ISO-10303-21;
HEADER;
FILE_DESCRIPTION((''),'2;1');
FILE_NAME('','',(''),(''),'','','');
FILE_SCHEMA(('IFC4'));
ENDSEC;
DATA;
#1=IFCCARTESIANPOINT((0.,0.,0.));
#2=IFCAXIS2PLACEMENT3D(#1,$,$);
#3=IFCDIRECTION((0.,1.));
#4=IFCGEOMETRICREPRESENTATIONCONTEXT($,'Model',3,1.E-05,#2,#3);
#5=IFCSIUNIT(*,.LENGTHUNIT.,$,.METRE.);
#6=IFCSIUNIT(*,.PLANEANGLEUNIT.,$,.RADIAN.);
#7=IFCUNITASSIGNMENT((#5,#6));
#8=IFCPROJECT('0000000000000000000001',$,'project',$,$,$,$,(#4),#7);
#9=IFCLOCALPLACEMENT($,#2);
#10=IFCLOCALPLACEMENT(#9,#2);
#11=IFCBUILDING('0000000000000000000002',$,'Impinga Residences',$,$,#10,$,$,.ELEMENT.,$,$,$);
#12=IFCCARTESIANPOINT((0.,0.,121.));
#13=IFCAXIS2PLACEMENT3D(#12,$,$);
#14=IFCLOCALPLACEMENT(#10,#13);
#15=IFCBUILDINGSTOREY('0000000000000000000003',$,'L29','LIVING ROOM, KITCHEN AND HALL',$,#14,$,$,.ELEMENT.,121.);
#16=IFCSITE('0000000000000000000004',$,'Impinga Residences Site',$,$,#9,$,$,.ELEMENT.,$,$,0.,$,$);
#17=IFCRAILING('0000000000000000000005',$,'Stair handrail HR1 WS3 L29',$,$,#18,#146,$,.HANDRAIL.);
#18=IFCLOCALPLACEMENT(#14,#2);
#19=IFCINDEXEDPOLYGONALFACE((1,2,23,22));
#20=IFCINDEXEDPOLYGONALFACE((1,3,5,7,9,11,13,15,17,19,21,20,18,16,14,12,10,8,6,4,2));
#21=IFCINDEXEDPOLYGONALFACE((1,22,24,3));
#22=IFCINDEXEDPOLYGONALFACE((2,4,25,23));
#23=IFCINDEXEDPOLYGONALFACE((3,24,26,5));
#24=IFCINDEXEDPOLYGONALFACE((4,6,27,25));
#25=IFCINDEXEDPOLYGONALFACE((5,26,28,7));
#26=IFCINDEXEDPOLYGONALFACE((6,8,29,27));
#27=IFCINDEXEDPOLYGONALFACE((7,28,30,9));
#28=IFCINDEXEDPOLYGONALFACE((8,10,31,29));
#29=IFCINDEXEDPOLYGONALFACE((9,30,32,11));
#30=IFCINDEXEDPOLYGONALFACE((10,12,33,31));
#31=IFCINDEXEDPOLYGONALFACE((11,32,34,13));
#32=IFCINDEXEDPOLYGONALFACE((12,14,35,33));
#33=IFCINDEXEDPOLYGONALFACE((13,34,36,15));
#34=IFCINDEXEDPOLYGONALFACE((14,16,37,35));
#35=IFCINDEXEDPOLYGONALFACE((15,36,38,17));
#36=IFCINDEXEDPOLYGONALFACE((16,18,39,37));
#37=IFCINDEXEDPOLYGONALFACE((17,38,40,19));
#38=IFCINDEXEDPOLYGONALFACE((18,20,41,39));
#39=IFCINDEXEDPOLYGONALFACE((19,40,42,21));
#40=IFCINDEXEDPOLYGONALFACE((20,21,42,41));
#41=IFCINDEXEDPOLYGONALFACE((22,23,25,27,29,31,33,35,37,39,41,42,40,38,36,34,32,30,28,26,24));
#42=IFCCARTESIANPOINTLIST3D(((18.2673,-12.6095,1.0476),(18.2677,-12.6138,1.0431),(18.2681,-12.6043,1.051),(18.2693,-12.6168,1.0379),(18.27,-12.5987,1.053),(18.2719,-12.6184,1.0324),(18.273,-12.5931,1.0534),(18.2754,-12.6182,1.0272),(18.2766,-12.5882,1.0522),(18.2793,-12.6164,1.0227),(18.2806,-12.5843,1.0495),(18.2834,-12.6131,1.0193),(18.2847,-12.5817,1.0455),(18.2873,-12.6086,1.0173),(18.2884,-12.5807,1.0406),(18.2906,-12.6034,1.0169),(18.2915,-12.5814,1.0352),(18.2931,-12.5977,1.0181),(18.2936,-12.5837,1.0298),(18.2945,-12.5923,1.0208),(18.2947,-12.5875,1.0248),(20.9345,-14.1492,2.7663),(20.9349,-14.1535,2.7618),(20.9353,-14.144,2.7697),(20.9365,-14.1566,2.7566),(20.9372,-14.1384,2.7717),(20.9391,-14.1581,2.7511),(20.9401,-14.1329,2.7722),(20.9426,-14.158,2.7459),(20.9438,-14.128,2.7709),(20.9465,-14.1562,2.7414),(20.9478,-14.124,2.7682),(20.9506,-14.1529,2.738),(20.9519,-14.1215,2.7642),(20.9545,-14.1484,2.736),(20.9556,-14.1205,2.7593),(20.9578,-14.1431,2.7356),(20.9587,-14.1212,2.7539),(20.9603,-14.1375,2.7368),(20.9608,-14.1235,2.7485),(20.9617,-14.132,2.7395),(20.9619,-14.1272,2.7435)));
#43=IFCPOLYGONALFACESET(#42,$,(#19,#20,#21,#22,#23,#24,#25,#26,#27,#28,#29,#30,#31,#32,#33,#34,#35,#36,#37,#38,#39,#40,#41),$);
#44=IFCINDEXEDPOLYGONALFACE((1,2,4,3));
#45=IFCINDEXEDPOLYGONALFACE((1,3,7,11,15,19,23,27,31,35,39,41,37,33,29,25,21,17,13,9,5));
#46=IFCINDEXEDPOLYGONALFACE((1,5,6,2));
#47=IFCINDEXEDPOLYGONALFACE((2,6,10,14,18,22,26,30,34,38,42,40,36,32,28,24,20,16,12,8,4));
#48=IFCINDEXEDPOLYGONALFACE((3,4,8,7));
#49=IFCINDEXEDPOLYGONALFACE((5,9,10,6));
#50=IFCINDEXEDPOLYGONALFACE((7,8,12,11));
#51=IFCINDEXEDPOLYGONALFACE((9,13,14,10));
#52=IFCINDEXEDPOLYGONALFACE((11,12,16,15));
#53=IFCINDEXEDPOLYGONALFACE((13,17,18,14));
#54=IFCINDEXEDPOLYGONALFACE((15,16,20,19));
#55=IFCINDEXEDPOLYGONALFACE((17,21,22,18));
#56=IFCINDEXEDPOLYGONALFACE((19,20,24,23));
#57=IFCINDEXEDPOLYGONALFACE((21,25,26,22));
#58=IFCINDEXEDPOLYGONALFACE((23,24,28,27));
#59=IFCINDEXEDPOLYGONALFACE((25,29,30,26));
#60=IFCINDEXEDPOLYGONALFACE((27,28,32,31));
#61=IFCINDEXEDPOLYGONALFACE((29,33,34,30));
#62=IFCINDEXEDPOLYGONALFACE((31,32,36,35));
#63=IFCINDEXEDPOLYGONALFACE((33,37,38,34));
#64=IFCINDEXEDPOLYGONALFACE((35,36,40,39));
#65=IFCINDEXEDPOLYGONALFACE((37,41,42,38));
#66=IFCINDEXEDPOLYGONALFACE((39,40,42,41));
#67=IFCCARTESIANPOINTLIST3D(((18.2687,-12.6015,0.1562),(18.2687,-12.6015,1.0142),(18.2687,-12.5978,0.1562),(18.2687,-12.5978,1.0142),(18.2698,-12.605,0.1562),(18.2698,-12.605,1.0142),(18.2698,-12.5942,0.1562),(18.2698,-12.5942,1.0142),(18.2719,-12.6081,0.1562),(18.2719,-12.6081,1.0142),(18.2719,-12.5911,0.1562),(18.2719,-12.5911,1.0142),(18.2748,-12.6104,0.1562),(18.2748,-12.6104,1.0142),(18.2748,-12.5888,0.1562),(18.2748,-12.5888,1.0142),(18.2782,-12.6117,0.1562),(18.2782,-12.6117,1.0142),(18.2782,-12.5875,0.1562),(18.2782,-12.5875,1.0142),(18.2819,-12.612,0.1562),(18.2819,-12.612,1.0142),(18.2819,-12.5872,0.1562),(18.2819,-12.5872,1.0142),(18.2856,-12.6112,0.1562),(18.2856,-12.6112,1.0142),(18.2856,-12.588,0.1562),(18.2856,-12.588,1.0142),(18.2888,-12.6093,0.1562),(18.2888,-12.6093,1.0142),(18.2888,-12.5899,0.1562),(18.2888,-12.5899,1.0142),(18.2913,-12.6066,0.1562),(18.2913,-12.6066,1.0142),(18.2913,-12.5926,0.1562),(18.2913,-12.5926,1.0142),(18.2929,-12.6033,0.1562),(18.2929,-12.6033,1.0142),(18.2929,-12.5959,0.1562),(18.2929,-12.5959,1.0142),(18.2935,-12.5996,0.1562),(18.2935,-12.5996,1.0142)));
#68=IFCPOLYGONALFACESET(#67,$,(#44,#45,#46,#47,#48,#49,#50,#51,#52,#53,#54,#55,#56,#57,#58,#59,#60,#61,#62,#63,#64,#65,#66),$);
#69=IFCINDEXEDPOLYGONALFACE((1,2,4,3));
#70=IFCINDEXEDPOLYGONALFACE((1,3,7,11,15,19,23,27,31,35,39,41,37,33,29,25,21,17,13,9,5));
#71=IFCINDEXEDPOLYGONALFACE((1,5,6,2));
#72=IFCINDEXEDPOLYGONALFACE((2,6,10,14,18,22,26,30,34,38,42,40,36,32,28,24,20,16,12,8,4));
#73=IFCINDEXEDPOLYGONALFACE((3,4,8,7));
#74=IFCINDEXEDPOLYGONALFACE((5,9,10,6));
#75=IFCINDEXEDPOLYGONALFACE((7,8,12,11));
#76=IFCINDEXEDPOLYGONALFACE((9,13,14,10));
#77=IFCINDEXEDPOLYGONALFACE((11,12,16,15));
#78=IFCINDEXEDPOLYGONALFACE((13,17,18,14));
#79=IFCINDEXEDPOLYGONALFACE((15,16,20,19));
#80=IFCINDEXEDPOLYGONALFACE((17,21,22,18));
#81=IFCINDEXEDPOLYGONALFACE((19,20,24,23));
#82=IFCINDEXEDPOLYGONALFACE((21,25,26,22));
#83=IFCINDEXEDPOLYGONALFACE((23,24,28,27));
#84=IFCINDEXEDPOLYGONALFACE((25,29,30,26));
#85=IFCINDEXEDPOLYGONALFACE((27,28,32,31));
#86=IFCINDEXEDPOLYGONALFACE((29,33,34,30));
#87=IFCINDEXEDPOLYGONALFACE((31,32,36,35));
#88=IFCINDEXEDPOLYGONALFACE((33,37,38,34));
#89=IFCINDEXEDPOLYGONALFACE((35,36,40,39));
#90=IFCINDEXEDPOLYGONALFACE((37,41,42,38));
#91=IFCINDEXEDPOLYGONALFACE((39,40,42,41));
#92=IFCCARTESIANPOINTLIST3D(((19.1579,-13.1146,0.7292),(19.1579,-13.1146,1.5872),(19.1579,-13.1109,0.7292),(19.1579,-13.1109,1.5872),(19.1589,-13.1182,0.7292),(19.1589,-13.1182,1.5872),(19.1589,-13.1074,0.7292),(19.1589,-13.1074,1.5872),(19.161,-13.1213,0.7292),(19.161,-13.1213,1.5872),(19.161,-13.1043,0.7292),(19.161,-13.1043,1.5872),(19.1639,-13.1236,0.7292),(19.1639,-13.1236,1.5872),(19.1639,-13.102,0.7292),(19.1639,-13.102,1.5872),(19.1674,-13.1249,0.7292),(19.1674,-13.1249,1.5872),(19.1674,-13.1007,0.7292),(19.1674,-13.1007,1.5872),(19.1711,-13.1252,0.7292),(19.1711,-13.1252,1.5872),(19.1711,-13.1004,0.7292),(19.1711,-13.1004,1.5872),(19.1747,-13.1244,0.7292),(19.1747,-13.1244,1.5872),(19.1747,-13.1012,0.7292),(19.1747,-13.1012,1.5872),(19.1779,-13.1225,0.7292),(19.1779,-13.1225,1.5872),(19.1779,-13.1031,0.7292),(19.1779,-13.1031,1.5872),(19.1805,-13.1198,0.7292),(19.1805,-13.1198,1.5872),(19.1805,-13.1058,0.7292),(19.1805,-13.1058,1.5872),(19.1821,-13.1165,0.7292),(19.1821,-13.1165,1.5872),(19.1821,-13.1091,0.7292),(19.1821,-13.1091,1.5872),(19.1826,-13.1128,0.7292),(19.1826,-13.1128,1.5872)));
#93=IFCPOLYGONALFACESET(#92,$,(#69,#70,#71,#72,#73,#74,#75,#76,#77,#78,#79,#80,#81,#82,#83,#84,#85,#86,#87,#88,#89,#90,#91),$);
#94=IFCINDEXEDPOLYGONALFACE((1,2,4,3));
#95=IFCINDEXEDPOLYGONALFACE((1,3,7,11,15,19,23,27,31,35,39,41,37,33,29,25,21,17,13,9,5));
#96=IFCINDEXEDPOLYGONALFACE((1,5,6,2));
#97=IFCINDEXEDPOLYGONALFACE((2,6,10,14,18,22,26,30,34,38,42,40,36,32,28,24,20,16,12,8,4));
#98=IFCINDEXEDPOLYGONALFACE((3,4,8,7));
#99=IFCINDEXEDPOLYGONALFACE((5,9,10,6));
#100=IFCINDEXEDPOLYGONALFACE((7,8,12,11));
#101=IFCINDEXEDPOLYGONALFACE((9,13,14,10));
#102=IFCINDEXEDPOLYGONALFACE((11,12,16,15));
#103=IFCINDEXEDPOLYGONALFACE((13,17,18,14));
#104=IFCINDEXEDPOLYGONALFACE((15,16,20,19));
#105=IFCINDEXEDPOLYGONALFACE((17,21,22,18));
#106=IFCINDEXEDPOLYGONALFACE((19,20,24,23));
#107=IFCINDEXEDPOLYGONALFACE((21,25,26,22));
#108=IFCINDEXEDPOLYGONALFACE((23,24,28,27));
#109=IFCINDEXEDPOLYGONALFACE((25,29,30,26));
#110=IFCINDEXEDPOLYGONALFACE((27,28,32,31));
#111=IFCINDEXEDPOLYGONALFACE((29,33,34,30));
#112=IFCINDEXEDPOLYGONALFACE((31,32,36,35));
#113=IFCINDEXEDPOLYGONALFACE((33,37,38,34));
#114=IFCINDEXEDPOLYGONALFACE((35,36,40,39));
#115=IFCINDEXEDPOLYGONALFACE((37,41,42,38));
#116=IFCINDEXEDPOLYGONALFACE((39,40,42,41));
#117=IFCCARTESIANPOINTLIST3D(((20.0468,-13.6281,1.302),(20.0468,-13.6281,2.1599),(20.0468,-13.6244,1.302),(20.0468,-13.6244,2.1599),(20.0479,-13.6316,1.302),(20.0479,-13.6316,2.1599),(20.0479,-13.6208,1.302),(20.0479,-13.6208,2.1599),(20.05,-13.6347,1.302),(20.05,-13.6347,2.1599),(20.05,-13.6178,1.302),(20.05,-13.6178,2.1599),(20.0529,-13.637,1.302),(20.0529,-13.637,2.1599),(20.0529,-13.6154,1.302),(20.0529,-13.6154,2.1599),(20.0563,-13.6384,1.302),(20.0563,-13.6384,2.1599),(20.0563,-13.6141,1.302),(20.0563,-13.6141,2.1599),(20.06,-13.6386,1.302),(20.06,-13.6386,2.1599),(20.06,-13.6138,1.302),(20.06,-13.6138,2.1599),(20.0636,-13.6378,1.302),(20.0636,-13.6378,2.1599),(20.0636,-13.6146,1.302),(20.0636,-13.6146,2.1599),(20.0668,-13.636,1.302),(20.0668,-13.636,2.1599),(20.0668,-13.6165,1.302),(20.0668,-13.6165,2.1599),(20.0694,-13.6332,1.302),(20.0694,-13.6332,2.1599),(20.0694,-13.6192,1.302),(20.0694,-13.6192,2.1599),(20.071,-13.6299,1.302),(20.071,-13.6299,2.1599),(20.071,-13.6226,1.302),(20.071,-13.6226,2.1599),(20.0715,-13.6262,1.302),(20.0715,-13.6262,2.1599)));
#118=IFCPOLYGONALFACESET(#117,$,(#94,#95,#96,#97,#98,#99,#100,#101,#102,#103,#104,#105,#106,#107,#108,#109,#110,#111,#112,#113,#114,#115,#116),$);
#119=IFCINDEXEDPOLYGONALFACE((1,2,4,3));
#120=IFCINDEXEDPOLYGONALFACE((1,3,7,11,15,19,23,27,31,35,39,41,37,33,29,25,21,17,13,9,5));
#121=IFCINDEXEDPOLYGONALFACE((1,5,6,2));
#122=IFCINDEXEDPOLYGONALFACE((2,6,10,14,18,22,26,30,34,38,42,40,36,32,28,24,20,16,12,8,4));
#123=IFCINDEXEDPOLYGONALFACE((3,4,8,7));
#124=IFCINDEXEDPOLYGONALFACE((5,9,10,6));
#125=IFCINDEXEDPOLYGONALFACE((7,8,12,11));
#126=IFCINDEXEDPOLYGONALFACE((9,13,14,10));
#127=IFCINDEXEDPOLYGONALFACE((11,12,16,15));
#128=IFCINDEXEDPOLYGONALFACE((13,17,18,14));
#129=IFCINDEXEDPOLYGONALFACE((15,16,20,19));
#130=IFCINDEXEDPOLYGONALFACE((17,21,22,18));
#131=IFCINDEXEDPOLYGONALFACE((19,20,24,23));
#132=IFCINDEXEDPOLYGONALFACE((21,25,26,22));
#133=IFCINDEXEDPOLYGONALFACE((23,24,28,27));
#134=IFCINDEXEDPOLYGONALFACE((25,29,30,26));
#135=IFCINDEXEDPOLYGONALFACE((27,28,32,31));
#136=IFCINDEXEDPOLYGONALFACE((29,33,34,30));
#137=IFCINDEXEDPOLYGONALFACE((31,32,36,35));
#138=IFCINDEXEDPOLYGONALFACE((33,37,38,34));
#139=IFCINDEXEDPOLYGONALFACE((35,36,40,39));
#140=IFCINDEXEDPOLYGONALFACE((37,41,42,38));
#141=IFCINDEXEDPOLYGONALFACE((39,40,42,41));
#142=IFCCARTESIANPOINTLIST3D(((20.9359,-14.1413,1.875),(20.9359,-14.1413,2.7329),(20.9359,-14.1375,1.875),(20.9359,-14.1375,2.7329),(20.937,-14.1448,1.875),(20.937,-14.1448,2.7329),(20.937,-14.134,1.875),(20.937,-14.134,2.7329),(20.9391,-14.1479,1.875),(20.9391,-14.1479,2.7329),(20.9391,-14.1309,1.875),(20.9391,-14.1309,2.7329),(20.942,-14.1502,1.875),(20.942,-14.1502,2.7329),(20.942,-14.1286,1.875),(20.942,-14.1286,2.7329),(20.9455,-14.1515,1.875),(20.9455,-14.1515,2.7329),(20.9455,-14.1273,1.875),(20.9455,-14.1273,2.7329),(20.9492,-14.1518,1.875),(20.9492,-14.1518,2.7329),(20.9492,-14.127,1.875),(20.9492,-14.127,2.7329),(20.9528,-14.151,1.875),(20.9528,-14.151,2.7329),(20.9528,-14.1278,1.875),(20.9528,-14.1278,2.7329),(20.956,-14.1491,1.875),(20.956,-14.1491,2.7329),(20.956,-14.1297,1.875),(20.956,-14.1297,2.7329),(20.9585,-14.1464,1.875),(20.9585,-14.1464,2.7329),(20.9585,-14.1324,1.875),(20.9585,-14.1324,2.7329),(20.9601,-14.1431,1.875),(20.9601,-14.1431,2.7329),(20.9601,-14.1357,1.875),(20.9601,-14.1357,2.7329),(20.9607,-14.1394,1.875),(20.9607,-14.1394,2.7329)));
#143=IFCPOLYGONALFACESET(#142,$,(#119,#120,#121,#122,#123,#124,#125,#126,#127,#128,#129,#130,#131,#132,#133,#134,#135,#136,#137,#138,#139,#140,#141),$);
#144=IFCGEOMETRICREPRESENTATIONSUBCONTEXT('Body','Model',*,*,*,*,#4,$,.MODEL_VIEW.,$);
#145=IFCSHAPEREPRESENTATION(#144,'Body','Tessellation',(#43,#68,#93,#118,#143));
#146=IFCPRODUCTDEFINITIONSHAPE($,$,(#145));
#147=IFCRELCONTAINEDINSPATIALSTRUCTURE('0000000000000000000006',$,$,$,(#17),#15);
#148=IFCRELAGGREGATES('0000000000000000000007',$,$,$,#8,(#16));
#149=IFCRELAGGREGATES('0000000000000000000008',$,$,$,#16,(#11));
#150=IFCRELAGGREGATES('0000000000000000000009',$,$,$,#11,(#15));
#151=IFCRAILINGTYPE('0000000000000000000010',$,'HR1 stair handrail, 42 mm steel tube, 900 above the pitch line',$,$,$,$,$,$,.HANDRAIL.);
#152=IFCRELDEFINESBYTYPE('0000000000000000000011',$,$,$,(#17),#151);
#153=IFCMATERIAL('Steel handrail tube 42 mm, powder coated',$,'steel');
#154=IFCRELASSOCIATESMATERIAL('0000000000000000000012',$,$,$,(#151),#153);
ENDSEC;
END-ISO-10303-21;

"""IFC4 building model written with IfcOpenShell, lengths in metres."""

from ifc_helpers import new_model, si_unit, direction, frame, origin, origin_2d, place, context, subcontext, project, spatial, circle, extrude, material, type_object, element, save


model = new_model("IFC4")

# Units and contexts
model_context = context("Model", 3, precision=1e-05, world=origin(), true_north=direction((0.0, 1.0)))
body_context = subcontext(model_context, "Body", "Model", "MODEL_VIEW")
ifc_project = project(units=[si_unit("LENGTHUNIT", "METRE"), si_unit("PLANEANGLEUNIT", "RADIAN")], contexts=[model_context])

# Site, building, storey
site_placement = place(None, origin())
site = spatial("IfcSite", under=ifc_project, at=site_placement, Name="Impinga Residences Site", CompositionType="ELEMENT", RefElevation=0.0)
building_placement = place(site_placement, origin())
building = spatial("IfcBuilding", under=site, at=building_placement, Name="Impinga Residences", CompositionType="ELEMENT")
storey_placement = place(building_placement, frame((0.0, 0.0, 121.0)))
storey = spatial("IfcBuildingStorey", under=building, at=storey_placement, Name="L29", Description="LIVING ROOM, KITCHEN AND HALL", CompositionType="ELEMENT", Elevation=121.0)

# Railing
ifc_material_1 = material(Name="Steel handrail tube 42 mm, powder coated", Category="steel")
railing_type = type_object("IfcRailingType", Name="HR1 stair handrail, 42 mm steel tube, 900 above the pitch line", PredefinedType="HANDRAIL", material=ifc_material_1)
railing_placement = place(storey_placement, frame((18.281, -12.5996, 0.1562)))
element("IfcRailing", 1, at=railing_placement, inside=storey, type_object=railing_type, Name="Stair handrail HR1 WS3 L29", PredefinedType="HANDRAIL", context=body_context, shape_type="SweptSolid", body=[
    extrude(circle(Radius=0.021, at=origin_2d()), frame((0.0, 0.0, 0.8789), z_axis=(0.756249, -0.436582, 0.487322), x_axis=(0.499967, 0.866044, 0.0)), (0.0, 0.0, 1.0), 3.5269),
    extrude(circle(Radius=0.0125, at=origin_2d()), origin(), (0.0, 0.0, 1.0), 0.8579),
    extrude(circle(Radius=0.0125, at=origin_2d()), frame((0.8892, -0.5132, 0.573)), (0.0, 0.0, 1.0), 0.8579),
    extrude(circle(Radius=0.0125, at=origin_2d()), frame((1.7781, -1.0266, 1.1458)), (0.0, 0.0, 1.0), 0.8579),
    extrude(circle(Radius=0.0125, at=origin_2d()), frame((2.6672, -1.5398, 1.7188)), (0.0, 0.0, 1.0), 0.8579),
])

save(model, "model.ifc")
